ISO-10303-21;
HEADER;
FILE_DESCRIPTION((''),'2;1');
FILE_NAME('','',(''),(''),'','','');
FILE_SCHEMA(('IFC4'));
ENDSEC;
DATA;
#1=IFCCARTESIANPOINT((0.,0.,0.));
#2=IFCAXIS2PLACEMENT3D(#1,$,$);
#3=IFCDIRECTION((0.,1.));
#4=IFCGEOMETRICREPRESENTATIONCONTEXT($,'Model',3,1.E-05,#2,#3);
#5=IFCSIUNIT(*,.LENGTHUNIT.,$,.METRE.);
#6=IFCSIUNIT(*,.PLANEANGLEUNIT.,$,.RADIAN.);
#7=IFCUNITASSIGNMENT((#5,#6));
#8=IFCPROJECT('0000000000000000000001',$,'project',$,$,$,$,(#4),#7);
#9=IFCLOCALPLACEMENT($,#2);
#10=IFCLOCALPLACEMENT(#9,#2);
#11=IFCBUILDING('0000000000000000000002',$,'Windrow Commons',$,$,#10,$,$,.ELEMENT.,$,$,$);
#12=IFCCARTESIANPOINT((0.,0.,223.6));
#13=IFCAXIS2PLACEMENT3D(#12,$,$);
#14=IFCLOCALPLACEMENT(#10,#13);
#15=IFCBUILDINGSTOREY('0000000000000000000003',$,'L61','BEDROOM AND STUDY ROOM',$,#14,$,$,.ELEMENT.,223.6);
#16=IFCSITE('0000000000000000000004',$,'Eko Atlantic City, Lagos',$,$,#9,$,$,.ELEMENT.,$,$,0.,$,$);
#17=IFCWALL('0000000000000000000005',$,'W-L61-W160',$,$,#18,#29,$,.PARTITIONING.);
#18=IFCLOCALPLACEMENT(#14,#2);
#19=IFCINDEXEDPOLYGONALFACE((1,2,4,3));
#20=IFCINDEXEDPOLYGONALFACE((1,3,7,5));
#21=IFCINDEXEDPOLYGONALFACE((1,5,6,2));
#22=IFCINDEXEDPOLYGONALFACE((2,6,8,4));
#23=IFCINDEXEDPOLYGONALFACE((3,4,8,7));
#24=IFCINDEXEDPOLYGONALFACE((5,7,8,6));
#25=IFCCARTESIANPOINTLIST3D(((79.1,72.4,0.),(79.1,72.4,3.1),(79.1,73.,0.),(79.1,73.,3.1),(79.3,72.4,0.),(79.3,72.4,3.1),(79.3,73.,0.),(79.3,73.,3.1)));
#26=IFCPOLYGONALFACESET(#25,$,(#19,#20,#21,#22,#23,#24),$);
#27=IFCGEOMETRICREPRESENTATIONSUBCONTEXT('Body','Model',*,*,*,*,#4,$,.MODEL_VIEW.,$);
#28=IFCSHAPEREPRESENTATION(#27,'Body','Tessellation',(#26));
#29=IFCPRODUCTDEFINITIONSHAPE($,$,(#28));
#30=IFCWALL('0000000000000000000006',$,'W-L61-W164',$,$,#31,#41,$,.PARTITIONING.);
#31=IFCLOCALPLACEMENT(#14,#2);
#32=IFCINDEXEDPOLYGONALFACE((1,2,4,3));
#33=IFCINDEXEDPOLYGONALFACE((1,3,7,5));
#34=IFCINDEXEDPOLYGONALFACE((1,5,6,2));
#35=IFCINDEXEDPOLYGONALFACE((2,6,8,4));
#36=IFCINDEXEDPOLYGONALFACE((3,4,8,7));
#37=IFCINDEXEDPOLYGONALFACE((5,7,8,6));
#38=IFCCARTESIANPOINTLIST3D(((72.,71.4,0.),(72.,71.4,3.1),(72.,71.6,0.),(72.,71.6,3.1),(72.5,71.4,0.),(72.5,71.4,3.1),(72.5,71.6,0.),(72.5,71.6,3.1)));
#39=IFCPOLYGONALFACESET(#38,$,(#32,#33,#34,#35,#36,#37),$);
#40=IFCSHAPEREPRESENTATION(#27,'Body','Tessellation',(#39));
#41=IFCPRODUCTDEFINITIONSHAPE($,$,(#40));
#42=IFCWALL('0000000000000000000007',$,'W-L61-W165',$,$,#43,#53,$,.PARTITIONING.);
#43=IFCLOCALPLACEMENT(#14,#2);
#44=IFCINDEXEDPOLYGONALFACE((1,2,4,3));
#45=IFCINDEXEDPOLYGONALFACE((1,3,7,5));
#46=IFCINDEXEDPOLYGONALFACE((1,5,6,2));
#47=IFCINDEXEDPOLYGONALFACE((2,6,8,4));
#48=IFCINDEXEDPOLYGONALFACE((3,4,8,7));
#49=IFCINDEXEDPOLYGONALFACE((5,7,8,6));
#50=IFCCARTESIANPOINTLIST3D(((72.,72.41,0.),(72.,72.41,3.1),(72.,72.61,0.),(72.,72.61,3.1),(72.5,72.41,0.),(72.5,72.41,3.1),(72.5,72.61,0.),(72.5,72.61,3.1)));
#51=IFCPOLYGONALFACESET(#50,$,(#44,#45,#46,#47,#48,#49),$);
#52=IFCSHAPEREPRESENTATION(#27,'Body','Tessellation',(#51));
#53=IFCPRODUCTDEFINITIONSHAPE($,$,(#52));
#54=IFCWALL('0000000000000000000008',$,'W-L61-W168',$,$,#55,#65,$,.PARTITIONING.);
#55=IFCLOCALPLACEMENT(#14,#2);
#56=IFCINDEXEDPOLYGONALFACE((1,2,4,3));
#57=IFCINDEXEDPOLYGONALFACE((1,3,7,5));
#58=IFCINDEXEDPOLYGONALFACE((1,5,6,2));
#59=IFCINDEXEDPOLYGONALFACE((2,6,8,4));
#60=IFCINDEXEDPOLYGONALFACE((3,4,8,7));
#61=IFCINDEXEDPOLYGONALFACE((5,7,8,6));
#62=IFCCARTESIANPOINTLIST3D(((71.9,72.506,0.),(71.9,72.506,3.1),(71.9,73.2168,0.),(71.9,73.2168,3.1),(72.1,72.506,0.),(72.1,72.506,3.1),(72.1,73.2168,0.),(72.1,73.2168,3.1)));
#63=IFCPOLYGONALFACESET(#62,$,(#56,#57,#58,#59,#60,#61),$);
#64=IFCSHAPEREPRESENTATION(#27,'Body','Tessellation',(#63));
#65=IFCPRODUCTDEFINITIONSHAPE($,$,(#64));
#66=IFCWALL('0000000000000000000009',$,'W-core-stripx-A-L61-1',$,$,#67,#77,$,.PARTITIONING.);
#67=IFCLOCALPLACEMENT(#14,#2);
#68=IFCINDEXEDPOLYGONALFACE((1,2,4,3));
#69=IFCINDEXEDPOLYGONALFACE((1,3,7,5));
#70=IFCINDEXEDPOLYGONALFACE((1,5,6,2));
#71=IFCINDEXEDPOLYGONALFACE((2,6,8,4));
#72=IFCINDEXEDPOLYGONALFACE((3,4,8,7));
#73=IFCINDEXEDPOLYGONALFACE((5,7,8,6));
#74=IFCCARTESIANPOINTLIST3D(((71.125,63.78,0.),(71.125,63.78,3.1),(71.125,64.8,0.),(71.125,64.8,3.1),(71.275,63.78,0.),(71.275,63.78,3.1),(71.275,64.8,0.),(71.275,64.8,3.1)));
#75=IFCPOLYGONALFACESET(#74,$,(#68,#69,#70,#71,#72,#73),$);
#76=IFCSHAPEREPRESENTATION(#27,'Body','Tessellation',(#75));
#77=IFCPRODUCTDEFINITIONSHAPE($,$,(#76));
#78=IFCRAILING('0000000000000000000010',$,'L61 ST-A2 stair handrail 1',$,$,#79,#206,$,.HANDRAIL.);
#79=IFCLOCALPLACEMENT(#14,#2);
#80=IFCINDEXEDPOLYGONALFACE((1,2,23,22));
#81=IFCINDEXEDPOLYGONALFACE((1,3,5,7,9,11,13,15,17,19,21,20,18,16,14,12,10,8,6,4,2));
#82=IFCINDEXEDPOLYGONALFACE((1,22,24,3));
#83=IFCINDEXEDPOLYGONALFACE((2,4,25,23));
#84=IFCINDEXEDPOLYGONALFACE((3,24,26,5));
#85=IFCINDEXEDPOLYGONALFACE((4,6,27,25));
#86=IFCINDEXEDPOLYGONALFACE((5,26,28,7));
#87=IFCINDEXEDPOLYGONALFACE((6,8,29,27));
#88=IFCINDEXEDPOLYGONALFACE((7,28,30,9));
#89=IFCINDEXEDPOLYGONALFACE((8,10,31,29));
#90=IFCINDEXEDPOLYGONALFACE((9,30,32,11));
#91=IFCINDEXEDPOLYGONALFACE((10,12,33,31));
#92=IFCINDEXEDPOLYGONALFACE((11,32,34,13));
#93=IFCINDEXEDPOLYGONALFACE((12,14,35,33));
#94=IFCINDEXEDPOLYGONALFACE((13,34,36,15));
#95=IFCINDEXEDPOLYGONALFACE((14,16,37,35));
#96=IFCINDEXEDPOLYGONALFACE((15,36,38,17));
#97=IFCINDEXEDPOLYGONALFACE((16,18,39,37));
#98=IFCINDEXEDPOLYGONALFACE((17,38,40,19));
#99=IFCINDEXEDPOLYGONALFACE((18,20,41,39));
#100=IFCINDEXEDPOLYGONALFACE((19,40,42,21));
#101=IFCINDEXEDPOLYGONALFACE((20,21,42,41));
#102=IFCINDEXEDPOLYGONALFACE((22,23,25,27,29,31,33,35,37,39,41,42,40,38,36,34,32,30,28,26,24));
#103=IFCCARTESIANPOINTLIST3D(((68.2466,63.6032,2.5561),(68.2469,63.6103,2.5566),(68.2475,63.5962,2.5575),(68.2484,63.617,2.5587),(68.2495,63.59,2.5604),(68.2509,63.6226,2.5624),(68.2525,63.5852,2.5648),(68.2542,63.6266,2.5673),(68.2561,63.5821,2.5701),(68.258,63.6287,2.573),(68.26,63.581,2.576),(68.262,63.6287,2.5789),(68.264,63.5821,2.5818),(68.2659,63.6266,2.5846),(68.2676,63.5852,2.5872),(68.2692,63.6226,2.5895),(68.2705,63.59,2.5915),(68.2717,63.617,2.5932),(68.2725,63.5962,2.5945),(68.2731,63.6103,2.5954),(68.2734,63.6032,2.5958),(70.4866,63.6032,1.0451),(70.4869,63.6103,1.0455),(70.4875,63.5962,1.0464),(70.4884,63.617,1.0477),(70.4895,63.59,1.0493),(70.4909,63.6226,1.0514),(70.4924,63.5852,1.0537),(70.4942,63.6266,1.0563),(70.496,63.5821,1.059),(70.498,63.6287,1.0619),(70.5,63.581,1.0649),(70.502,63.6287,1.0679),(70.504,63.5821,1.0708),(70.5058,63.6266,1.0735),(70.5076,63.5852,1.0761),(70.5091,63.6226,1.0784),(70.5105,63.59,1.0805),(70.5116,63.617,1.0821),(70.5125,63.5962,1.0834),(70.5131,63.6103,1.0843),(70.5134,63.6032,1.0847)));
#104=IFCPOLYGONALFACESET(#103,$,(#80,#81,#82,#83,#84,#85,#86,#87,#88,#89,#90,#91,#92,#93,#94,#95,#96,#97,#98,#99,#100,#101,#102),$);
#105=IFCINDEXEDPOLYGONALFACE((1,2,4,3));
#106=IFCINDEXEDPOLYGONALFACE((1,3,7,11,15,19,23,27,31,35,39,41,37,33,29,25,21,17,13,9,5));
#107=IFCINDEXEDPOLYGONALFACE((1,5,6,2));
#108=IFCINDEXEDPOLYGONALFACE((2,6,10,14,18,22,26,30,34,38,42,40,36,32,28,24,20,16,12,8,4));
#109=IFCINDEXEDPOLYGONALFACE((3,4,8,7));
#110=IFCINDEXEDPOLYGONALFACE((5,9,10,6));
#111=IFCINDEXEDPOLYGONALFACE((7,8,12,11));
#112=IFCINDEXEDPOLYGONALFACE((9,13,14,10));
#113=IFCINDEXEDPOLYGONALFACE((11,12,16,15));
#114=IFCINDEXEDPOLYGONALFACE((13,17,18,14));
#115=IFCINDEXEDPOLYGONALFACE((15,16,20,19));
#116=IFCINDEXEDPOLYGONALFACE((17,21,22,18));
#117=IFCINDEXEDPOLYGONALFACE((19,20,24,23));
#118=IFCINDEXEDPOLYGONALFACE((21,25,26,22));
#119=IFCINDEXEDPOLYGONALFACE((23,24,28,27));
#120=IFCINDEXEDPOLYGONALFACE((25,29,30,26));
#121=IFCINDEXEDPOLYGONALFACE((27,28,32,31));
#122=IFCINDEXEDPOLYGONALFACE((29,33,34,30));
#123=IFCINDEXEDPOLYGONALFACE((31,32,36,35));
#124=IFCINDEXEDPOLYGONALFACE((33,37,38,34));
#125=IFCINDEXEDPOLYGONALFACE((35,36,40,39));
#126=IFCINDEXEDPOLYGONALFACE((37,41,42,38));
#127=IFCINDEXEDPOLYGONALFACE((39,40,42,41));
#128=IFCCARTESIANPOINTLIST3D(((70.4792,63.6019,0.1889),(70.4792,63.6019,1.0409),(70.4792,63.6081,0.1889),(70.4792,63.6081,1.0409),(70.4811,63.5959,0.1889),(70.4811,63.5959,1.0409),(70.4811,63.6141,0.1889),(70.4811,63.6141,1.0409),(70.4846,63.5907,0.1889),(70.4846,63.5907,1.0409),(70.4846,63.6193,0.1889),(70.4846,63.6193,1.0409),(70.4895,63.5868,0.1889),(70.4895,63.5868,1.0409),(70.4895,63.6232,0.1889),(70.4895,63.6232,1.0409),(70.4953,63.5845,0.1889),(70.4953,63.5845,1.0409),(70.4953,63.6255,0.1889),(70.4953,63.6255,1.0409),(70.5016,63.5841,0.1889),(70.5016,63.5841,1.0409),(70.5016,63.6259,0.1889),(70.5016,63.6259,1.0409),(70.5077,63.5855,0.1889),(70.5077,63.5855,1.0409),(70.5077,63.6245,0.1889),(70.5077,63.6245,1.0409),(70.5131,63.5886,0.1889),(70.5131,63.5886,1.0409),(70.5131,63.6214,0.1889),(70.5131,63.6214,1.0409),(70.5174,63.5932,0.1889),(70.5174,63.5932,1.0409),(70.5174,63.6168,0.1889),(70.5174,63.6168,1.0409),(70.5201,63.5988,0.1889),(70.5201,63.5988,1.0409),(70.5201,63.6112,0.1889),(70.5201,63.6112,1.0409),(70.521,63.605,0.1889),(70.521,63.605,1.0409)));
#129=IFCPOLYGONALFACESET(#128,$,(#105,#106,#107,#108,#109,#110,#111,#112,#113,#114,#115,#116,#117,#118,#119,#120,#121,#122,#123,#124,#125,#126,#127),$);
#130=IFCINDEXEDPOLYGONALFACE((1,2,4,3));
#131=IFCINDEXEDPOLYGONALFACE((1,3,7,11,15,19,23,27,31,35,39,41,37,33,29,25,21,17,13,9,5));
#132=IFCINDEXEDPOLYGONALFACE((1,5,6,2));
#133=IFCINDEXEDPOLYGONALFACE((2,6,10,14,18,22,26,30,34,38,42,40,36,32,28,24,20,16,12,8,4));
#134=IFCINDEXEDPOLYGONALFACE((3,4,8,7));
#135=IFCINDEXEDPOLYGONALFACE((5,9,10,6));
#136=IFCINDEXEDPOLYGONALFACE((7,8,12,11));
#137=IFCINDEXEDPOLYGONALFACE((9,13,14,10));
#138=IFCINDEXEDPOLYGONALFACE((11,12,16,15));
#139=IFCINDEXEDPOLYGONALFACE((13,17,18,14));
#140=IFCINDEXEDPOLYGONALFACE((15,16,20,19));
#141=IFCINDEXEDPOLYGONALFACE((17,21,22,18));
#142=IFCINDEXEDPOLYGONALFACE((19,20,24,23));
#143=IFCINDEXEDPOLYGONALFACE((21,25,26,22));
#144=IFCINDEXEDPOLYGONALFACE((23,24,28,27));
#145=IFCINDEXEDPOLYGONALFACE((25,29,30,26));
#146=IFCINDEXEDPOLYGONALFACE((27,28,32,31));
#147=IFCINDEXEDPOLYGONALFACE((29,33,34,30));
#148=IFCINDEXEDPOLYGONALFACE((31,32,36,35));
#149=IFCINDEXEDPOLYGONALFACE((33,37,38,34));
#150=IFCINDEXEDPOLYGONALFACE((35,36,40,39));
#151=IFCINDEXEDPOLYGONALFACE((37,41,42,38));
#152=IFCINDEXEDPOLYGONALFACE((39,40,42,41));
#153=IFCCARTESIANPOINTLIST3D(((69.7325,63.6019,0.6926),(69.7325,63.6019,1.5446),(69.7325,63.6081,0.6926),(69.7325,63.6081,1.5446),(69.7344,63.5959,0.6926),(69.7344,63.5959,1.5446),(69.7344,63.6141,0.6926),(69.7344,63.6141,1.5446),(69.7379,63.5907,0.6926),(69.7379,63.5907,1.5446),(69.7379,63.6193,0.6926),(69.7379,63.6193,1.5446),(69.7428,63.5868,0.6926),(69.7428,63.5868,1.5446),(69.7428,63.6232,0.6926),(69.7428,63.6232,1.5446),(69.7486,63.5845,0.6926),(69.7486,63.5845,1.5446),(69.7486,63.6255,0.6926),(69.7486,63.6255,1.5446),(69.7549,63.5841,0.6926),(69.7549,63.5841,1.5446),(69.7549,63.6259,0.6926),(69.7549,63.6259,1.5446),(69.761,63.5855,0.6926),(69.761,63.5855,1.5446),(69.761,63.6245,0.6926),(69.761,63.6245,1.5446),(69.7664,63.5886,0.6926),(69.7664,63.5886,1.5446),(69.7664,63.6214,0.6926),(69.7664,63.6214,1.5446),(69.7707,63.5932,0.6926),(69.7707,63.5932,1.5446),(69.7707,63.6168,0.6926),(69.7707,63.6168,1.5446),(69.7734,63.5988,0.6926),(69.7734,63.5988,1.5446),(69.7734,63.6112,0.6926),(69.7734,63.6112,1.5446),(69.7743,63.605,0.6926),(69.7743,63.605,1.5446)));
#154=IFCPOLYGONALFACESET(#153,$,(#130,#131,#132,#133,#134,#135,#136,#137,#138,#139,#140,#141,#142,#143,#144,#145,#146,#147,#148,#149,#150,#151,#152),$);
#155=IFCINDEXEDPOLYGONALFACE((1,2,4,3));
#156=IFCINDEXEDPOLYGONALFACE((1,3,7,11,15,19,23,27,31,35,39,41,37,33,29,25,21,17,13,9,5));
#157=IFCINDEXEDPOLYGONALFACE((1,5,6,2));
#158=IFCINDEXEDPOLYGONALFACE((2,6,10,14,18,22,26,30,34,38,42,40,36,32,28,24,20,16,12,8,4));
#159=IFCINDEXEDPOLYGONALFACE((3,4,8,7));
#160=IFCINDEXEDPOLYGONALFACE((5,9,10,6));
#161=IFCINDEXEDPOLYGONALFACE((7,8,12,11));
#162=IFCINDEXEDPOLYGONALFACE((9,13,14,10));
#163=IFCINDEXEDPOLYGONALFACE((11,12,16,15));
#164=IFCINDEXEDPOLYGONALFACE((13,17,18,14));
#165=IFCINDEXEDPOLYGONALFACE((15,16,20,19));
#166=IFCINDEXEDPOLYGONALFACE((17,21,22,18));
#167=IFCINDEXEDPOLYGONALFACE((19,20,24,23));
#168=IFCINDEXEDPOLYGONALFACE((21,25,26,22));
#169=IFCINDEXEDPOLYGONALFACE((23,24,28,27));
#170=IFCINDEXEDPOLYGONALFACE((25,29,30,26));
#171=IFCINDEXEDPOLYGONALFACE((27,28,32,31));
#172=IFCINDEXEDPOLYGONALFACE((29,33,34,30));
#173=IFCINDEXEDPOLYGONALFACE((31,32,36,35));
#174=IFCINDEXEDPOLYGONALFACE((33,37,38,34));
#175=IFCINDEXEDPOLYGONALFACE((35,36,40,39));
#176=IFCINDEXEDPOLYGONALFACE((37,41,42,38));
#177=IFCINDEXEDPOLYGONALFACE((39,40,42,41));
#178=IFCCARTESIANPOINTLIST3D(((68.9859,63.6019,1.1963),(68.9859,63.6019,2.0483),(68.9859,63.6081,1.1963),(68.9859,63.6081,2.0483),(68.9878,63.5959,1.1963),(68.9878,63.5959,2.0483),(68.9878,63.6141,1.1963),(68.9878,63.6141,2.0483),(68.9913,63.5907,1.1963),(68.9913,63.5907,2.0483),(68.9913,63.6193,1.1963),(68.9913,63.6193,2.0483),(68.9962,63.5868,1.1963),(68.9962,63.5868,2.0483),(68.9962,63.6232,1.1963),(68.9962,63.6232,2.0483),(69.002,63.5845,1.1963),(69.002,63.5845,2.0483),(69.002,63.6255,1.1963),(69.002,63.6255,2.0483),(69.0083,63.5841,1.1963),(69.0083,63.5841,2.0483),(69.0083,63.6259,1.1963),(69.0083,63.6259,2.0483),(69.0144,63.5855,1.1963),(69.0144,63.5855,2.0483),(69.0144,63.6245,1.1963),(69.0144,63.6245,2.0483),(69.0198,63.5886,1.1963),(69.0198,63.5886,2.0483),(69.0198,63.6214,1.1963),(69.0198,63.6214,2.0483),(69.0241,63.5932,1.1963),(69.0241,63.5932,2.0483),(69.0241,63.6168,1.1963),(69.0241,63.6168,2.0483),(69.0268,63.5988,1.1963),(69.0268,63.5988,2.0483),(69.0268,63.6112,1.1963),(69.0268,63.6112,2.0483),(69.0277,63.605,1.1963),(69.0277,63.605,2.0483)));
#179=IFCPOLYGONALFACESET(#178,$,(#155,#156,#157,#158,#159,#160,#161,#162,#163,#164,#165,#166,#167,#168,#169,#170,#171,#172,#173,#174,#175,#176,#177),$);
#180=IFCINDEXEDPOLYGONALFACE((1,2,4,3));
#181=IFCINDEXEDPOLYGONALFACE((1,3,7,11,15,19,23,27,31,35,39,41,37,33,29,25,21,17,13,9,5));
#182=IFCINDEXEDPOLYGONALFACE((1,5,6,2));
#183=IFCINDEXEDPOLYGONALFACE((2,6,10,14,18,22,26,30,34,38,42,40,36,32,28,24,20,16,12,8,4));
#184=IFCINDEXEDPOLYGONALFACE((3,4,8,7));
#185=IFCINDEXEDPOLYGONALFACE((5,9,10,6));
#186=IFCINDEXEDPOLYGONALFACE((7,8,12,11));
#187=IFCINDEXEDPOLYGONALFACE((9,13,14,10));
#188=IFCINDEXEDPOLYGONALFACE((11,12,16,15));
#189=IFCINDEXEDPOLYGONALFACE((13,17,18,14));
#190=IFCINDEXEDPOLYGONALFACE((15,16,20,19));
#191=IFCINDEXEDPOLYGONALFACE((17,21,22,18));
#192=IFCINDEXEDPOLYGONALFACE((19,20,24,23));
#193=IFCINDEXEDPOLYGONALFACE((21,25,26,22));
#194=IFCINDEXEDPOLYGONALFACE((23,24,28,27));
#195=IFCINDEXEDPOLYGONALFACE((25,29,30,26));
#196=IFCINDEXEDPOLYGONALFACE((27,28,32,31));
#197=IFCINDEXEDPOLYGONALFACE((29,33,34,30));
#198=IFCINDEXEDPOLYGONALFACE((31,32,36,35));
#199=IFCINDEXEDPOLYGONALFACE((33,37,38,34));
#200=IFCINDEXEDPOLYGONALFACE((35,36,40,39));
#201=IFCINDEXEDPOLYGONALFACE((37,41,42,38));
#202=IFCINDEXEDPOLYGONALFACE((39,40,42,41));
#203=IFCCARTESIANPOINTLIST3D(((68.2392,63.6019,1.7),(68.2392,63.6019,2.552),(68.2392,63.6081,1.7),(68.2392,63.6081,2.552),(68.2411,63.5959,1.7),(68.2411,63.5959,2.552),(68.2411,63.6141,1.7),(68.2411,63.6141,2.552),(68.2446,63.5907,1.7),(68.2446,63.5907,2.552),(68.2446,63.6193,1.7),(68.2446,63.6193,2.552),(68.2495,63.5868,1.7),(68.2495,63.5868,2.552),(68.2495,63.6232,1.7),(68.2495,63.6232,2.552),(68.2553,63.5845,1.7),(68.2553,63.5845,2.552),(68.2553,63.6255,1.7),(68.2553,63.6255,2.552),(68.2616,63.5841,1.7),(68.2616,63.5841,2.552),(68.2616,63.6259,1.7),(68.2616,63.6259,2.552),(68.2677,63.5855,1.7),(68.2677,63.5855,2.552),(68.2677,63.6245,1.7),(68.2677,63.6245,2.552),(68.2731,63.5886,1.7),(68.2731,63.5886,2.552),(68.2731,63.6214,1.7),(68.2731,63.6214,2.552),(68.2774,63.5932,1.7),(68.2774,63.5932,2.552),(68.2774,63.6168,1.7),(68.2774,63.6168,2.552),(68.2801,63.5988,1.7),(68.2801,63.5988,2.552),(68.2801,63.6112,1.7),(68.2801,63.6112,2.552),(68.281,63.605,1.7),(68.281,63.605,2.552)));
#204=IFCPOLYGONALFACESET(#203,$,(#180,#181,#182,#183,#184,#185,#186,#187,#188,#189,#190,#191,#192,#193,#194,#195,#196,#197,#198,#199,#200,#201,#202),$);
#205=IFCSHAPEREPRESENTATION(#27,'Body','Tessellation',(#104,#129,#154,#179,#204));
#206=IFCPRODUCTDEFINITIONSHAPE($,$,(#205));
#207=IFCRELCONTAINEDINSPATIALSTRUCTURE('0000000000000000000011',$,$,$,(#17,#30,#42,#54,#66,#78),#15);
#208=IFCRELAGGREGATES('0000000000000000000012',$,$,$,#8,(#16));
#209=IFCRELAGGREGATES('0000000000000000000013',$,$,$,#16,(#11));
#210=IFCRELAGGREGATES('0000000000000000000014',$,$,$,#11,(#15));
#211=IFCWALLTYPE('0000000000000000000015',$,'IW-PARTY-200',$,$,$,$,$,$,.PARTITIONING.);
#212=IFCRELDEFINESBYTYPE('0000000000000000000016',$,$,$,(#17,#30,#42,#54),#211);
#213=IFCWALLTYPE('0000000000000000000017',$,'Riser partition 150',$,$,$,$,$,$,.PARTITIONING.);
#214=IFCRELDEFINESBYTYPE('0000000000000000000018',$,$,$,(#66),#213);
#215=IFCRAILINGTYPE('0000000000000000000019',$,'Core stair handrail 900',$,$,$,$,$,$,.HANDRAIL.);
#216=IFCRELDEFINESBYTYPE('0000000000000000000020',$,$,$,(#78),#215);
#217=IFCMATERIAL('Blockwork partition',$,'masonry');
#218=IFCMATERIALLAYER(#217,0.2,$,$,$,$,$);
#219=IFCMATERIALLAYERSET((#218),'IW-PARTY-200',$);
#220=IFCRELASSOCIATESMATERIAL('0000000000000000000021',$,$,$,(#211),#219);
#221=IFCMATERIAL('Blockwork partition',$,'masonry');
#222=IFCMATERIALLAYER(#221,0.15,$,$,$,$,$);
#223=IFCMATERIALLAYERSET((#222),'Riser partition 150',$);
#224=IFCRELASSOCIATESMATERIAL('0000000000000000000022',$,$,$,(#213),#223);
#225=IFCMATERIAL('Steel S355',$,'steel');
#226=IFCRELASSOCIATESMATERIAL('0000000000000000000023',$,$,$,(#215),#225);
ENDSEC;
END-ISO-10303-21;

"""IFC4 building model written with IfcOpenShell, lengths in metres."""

from ifc_helpers import new_model, si_unit, direction, frame, frame_2d, origin, origin_2d, place, context, subcontext, project, spatial, rectangle, circle, extrude, material, layer, layer_set, type_object, element, save


model = new_model("IFC4")

# Units and contexts
model_context = context("Model", 3, precision=1e-05, world=origin(), true_north=direction((0.0, 1.0)))
body_context = subcontext(model_context, "Body", "Model", "MODEL_VIEW")
ifc_project = project(units=[si_unit("LENGTHUNIT", "METRE"), si_unit("PLANEANGLEUNIT", "RADIAN")], contexts=[model_context])

# Site, building, storey
site_placement = place(None, origin())
site = spatial("IfcSite", under=ifc_project, at=site_placement, Name="Eko Atlantic City, Lagos", CompositionType="ELEMENT", RefElevation=0.0)
building_placement = place(site_placement, origin())
building = spatial("IfcBuilding", under=site, at=building_placement, Name="Windrow Commons", CompositionType="ELEMENT")
storey_placement = place(building_placement, frame((0.0, 0.0, 223.6)))
storey = spatial("IfcBuildingStorey", under=building, at=storey_placement, Name="L61", Description="BEDROOM AND STUDY ROOM", CompositionType="ELEMENT", Elevation=223.6)

# Walls
ifc_material_1 = material(Name="Blockwork partition", Category="masonry")
ifc_layer_1 = layer(ifc_material_1, 0.2)
ifc_layer_set_1 = layer_set([ifc_layer_1], Name="IW-PARTY-200")
wall_type_1 = type_object("IfcWallType", Name="IW-PARTY-200", PredefinedType="PARTITIONING", material=ifc_layer_set_1)
wall_1_placement = place(storey_placement, frame((79.2, 72.4, 0.0), z_axis=(0.0, 0.0, 1.0), x_axis=(0.0, 1.0, 0.0)))
element("IfcWall", 1, at=wall_1_placement, inside=storey, type_object=wall_type_1, Name="W-L61-W160", PredefinedType="PARTITIONING", context=body_context, shape_type="SweptSolid", body=[
    extrude(rectangle(XDim=0.6, YDim=0.2, at=frame_2d((0.3, 0.0))), origin(), (0.0, 0.0, 1.0), 3.1),
])
for number, where, z_axis, x_axis, name in (
    (2, (72.0, 71.5, 0.0), (0.0, 0.0, 1.0), (1.0, 0.0, 0.0), "W-L61-W164"),
    (3, (72.0, 72.51, 0.0), (0.0, 0.0, 1.0), (1.0, 0.0, 0.0), "W-L61-W165"),
):
    element("IfcWall", number, at=place(storey_placement, frame(where, z_axis=z_axis, x_axis=x_axis)), inside=storey, type_object=wall_type_1, Name=name, PredefinedType="PARTITIONING", context=body_context, shape_type="SweptSolid", body=[
        extrude(rectangle(XDim=0.5, YDim=0.2, at=frame_2d((0.25, 0.0))), origin(), (0.0, 0.0, 1.0), 3.1),
    ])
wall_2_placement = place(storey_placement, frame((72.0, 72.506, 0.0), z_axis=(0.0, 0.0, 1.0), x_axis=(0.0, 1.0, 0.0)))
element("IfcWall", 4, at=wall_2_placement, inside=storey, type_object=wall_type_1, Name="W-L61-W168", PredefinedType="PARTITIONING", context=body_context, shape_type="SweptSolid", body=[
    extrude(rectangle(XDim=0.7109, YDim=0.2, at=frame_2d((0.3554, 0.0))), origin(), (0.0, 0.0, 1.0), 3.1),
])
ifc_material_2 = material(Name="Blockwork partition", Category="masonry")
ifc_layer_2 = layer(ifc_material_2, 0.15)
ifc_layer_set_2 = layer_set([ifc_layer_2], Name="Riser partition 150")
wall_type_2 = type_object("IfcWallType", Name="Riser partition 150", PredefinedType="PARTITIONING", material=ifc_layer_set_2)
wall_3_placement = place(storey_placement, frame((71.2, 63.78, 0.0), z_axis=(0.0, 0.0, 1.0), x_axis=(0.0, 1.0, 0.0)))
element("IfcWall", 5, at=wall_3_placement, inside=storey, type_object=wall_type_2, Name="W-core-stripx-A-L61-1", PredefinedType="PARTITIONING", context=body_context, shape_type="SweptSolid", body=[
    extrude(rectangle(XDim=1.02, YDim=0.15, at=frame_2d((0.51, 0.0))), origin(), (0.0, 0.0, 1.0), 3.1),
])

# Railing
ifc_material_3 = material(Name="Steel S355", Category="steel")
railing_type = type_object("IfcRailingType", Name="Core stair handrail 900", PredefinedType="HANDRAIL", material=ifc_material_3)
railing_placement = place(storey_placement, frame((70.5, 63.605, 0.1889)))
element("IfcRailing", 6, at=railing_placement, inside=storey, type_object=railing_type, Name="L61 ST-A2 stair handrail 1", PredefinedType="HANDRAIL", context=body_context, shape_type="SweptSolid", body=[
    extrude(circle(Radius=0.024, at=origin_2d()), frame((0.0, 0.0, 0.876), z_axis=(-0.829003, 0.0, 0.559244), x_axis=(0.0, -1.0, 0.0)), (0.0, 0.0, 1.0), 2.702),
    extrude(circle(Radius=0.021, at=origin_2d()), origin(), (0.0, 0.0, 1.0), 0.852),
    extrude(circle(Radius=0.021, at=origin_2d()), frame((-0.7467, 0.0, 0.5037)), (0.0, 0.0, 1.0), 0.852),
    extrude(circle(Radius=0.021, at=origin_2d()), frame((-1.4933, 0.0, 1.0074)), (0.0, 0.0, 1.0), 0.852),
    extrude(circle(Radius=0.021, at=origin_2d()), frame((-2.24, 0.0, 1.5111)), (0.0, 0.0, 1.0), 0.852),
])

save(model, "model.ifc")
